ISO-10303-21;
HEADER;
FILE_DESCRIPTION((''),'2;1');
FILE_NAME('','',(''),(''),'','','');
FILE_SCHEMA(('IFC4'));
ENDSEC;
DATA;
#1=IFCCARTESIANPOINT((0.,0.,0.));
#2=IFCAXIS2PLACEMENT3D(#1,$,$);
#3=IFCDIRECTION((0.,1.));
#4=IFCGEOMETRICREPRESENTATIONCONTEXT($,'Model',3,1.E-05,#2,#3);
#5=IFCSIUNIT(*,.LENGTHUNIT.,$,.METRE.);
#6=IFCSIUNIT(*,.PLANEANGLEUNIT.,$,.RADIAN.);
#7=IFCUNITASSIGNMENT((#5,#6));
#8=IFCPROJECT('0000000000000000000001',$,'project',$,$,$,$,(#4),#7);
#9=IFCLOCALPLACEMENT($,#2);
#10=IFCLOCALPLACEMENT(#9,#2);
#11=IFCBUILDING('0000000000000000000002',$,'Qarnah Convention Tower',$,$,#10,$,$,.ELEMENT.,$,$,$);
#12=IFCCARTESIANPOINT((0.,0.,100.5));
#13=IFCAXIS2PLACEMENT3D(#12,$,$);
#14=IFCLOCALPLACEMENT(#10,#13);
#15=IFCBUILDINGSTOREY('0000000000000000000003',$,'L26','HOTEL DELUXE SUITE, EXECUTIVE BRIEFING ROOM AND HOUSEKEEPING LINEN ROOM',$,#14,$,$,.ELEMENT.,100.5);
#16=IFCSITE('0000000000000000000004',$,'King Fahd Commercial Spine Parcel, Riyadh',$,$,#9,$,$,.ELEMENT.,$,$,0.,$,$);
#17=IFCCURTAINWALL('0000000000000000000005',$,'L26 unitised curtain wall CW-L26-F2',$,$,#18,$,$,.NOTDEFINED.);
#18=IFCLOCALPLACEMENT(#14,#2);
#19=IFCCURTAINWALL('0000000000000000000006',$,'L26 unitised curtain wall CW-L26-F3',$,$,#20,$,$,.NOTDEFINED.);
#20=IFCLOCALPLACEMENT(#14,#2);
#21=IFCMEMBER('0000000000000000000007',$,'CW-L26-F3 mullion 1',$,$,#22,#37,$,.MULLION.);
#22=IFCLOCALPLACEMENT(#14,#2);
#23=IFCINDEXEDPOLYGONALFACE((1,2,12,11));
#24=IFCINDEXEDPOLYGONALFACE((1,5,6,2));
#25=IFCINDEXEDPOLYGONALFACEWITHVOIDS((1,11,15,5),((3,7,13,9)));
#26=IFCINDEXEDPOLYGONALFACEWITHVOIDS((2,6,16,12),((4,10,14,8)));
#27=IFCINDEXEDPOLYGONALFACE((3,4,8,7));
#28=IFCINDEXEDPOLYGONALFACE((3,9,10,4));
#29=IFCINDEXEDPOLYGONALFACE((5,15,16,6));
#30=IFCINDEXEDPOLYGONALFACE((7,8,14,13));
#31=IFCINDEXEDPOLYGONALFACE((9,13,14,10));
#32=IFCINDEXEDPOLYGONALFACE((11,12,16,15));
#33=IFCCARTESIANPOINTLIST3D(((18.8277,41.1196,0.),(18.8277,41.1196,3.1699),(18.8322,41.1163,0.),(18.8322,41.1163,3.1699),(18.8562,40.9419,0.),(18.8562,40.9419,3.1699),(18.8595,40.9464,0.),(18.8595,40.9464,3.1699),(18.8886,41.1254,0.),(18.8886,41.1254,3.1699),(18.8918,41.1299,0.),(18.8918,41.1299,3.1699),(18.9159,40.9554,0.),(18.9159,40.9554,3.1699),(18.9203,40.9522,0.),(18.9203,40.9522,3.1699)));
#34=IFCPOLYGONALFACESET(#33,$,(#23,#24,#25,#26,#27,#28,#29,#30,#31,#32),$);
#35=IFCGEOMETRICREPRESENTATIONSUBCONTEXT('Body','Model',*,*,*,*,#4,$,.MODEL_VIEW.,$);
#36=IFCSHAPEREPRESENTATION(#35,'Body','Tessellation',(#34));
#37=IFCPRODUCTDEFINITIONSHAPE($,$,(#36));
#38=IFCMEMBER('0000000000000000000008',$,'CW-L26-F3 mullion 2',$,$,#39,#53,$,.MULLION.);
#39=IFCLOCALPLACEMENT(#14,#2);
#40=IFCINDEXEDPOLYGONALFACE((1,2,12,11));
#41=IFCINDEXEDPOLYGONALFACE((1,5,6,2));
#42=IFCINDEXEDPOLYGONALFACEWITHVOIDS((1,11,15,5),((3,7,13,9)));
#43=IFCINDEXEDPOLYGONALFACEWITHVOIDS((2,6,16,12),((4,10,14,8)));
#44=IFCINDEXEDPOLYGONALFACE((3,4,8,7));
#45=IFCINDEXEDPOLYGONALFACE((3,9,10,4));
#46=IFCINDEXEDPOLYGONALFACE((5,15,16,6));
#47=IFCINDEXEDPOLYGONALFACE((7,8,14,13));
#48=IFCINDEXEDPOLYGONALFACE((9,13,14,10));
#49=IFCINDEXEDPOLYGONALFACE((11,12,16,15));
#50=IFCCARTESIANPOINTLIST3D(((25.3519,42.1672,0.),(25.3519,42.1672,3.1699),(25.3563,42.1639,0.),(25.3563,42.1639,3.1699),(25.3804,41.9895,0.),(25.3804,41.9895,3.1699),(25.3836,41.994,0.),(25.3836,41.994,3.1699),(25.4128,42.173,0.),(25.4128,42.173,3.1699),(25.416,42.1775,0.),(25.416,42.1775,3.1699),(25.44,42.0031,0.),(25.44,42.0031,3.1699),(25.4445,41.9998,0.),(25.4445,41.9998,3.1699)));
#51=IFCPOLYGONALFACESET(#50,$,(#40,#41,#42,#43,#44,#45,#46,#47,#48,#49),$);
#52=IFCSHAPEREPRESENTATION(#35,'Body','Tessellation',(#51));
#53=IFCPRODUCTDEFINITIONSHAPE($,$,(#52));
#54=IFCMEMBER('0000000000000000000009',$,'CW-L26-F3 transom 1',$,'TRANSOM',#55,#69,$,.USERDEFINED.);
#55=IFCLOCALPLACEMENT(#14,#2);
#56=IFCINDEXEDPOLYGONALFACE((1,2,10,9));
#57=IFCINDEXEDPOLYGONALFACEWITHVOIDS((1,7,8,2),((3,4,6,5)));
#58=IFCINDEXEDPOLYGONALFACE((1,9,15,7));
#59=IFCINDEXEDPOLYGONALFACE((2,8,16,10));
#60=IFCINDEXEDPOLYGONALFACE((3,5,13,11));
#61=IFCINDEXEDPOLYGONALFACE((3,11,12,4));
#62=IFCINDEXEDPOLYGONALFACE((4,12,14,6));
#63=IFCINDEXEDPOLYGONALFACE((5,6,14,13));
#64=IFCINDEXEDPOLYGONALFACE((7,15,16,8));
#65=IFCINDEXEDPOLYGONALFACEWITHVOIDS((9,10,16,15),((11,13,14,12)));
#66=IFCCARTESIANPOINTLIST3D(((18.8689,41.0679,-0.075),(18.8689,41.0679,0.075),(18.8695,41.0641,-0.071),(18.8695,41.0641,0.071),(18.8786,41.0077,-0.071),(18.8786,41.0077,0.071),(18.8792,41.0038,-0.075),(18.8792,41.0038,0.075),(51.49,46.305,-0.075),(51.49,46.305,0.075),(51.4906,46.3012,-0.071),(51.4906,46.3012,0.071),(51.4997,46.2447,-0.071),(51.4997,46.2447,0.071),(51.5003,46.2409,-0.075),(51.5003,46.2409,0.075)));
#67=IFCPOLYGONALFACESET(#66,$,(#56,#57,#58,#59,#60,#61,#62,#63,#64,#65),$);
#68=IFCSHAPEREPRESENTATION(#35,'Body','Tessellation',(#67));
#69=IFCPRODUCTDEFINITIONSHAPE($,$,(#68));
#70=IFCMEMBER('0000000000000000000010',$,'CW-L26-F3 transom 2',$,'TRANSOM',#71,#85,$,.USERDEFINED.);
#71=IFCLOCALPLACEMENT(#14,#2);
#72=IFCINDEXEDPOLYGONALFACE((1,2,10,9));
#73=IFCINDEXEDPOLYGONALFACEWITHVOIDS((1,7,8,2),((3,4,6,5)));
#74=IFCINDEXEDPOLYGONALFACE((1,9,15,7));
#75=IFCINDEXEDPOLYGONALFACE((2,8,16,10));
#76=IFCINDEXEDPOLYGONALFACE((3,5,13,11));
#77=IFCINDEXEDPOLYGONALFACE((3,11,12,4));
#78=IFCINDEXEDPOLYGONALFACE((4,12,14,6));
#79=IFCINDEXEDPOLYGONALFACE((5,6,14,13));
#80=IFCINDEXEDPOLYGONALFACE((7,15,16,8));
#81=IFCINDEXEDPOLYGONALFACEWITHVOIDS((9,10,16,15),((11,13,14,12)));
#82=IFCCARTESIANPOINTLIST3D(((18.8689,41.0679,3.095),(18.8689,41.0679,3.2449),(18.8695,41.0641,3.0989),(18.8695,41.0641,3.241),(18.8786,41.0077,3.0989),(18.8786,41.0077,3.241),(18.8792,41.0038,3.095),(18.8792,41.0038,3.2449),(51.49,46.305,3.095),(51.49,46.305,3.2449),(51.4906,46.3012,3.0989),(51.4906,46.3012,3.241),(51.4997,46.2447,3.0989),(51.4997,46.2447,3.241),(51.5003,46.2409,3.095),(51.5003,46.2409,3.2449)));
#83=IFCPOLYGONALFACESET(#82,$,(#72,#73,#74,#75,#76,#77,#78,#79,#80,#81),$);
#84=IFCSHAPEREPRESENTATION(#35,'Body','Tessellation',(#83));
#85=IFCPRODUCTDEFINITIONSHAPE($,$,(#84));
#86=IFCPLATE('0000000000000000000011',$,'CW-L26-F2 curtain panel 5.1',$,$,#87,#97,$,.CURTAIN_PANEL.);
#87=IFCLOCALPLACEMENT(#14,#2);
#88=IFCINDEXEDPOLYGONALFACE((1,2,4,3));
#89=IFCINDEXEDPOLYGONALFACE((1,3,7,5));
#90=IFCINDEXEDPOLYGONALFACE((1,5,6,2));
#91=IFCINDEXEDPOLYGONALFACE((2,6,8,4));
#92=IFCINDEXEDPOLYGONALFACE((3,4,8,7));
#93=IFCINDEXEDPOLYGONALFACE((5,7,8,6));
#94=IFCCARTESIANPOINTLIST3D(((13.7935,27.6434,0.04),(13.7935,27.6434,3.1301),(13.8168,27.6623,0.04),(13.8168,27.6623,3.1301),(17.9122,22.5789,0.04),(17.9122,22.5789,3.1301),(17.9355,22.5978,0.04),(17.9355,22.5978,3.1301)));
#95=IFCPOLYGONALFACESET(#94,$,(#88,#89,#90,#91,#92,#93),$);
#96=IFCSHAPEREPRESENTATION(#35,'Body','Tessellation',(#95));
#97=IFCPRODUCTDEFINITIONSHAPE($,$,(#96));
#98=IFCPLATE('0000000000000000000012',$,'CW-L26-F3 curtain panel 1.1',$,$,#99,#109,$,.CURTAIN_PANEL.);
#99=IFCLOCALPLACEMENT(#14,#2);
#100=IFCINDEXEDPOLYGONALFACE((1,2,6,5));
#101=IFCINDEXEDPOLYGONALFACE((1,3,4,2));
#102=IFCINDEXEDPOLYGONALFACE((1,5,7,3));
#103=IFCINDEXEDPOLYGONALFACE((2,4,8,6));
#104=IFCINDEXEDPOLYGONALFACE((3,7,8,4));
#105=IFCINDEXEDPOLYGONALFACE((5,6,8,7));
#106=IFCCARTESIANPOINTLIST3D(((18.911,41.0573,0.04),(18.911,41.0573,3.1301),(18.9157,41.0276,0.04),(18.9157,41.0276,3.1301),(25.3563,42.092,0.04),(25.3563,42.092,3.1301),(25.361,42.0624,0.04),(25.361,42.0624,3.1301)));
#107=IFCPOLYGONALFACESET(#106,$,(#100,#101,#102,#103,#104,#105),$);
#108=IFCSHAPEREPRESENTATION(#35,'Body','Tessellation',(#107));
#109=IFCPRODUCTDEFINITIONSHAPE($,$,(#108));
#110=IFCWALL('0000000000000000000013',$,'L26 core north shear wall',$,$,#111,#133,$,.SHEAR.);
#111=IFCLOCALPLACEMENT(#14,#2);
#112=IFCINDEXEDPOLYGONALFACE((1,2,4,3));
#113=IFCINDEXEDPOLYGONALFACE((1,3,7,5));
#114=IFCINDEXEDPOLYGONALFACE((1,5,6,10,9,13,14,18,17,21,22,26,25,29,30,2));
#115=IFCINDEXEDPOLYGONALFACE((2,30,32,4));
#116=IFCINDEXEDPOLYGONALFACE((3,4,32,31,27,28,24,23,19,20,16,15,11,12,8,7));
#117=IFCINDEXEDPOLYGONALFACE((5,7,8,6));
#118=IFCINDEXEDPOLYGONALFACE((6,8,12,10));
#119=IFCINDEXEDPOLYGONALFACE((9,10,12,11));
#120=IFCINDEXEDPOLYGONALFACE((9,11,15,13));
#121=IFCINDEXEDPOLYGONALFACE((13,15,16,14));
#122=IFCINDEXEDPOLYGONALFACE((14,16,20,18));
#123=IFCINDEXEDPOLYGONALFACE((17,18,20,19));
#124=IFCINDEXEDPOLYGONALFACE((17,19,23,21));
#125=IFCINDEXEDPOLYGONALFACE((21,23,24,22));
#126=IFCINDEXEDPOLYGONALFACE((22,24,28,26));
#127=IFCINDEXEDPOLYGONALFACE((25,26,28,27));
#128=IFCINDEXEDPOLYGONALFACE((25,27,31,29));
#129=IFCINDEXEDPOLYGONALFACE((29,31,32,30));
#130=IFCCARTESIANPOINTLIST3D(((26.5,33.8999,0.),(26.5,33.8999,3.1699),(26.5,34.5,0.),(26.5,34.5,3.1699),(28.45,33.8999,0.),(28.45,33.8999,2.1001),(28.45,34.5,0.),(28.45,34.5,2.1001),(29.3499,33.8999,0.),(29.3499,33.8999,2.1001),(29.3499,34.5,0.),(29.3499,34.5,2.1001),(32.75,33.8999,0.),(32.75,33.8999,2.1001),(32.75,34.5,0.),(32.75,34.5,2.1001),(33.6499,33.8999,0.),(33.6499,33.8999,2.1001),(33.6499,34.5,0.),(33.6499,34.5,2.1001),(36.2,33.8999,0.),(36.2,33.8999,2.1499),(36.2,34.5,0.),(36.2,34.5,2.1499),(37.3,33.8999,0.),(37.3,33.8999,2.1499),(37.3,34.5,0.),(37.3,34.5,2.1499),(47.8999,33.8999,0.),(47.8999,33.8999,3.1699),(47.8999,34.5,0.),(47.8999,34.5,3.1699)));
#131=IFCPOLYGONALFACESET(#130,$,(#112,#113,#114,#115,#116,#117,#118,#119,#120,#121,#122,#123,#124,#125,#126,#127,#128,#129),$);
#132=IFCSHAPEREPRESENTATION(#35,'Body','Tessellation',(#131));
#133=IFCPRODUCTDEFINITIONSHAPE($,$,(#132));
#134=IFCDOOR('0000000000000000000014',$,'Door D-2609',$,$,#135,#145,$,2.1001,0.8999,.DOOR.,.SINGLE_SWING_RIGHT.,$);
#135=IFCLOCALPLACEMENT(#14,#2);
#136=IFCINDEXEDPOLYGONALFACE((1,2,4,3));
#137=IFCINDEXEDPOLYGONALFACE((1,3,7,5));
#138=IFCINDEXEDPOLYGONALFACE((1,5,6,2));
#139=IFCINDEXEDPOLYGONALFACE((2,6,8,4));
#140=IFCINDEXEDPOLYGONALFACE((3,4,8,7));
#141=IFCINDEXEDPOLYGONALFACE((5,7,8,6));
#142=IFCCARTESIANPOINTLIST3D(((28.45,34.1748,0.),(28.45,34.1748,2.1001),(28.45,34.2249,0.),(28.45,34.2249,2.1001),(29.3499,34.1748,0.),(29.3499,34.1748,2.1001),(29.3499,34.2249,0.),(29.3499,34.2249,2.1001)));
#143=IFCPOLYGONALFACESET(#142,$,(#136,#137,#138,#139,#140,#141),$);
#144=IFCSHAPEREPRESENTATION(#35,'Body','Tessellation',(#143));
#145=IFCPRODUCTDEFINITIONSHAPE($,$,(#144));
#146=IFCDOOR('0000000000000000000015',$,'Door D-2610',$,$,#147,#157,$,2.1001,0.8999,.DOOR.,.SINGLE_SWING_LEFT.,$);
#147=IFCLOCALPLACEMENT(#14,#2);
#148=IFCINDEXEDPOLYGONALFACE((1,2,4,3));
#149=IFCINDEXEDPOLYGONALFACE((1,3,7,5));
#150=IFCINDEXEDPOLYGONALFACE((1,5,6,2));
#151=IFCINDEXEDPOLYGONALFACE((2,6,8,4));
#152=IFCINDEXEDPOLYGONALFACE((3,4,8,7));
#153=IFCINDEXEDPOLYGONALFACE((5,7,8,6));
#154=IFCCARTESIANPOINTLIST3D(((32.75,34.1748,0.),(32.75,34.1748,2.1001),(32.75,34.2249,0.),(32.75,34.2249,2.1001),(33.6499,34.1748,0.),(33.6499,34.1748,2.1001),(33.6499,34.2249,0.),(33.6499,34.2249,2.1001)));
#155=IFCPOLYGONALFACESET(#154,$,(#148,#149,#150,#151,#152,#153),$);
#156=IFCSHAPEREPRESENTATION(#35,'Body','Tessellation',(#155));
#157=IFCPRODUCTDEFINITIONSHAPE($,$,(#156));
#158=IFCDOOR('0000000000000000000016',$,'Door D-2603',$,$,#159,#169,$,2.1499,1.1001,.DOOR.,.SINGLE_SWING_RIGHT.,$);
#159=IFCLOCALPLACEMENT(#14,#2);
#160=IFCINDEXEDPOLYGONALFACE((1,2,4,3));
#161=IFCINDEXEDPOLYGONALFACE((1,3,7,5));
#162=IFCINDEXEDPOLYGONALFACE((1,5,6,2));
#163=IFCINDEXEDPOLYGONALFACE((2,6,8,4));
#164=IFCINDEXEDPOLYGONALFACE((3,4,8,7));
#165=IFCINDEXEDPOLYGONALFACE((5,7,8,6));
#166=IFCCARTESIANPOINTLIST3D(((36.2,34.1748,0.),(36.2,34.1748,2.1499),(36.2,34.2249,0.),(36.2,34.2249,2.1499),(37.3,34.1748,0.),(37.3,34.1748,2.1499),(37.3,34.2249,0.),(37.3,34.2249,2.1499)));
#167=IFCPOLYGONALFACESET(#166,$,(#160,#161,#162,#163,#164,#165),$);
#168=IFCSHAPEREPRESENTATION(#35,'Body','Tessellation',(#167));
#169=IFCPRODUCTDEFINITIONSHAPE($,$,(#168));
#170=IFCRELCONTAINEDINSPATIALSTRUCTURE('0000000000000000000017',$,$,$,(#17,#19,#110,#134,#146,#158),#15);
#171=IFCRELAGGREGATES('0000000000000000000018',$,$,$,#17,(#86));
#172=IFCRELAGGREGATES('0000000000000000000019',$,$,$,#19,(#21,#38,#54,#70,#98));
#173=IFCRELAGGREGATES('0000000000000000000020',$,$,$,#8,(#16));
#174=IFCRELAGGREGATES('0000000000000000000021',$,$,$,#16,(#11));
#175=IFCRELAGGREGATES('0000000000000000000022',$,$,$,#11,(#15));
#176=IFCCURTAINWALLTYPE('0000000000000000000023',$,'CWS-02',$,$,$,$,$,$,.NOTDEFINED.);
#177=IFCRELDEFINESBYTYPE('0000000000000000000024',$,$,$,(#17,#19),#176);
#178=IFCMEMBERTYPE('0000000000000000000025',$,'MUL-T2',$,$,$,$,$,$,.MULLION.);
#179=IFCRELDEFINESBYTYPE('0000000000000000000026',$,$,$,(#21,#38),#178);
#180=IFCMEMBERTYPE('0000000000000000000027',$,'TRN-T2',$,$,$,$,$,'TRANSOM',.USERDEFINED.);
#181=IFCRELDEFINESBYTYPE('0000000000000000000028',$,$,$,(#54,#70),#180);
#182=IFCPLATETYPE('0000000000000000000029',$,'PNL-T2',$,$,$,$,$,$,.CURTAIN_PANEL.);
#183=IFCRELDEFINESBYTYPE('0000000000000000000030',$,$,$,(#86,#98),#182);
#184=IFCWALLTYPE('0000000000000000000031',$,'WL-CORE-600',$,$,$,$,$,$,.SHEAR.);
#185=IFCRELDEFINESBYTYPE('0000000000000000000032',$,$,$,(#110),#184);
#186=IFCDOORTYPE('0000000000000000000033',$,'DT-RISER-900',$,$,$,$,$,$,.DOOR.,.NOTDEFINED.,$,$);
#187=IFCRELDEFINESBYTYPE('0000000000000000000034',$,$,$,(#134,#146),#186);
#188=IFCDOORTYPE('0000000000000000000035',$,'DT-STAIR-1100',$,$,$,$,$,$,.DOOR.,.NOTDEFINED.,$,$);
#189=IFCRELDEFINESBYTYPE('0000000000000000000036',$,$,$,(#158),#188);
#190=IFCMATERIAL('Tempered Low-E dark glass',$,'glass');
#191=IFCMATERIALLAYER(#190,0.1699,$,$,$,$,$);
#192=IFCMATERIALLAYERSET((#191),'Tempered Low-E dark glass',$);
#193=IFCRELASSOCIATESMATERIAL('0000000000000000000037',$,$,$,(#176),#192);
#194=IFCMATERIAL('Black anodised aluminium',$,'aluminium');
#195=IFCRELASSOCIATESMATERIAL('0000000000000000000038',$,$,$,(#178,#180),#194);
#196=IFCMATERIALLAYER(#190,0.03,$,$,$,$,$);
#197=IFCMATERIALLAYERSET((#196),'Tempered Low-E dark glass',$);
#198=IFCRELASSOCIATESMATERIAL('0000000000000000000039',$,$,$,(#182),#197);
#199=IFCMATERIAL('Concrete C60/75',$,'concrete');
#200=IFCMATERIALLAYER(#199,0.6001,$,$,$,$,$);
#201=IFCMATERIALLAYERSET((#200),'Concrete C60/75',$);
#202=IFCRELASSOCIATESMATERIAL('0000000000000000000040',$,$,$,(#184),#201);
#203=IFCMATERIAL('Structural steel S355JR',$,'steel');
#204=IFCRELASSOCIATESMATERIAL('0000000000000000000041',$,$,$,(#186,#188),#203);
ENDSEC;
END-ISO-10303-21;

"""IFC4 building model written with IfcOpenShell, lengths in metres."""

from ifc_helpers import new_model, si_unit, direction, frame, frame_2d, origin, origin_2d, place, context, subcontext, project, spatial, rectangle, hollow_rectangle, extrude, material, layer, layer_set, material_profile, profile_set, type_object, element, fill, aggregate, save


model = new_model("IFC4")

# Units and contexts
model_context = context("Model", 3, precision=1e-05, world=origin(), true_north=direction((0.0, 1.0)))
body_context = subcontext(model_context, "Body", "Model", "MODEL_VIEW")
ifc_project = project(units=[si_unit("LENGTHUNIT", "METRE"), si_unit("PLANEANGLEUNIT", "RADIAN")], contexts=[model_context])

# Site, building, storey
site_placement = place(None, origin())
site = spatial("IfcSite", under=ifc_project, at=site_placement, Name="King Fahd Commercial Spine Parcel, Riyadh", CompositionType="ELEMENT", RefElevation=0.0)
building_placement = place(site_placement, origin())
building = spatial("IfcBuilding", under=site, at=building_placement, Name="Qarnah Convention Tower", CompositionType="ELEMENT")
storey_placement = place(building_placement, frame((0.0, 0.0, 100.5)))
storey = spatial("IfcBuildingStorey", under=building, at=storey_placement, Name="L26", Description="HOTEL DELUXE SUITE, EXECUTIVE BRIEFING ROOM AND HOUSEKEEPING LINEN ROOM", CompositionType="ELEMENT", Elevation=100.5)

# Shared definitions
ifc_material_1 = material(Name="Concrete C60/75", Category="concrete")

# Shared definitions
ifc_material_2 = material(Name="Structural steel S355JR", Category="steel")

# Curtain wall
ifc_material_3 = material(Name="Tempered Low-E dark glass", Category="glass")
ifc_layer_1 = layer(ifc_material_3, 0.1699)
ifc_layer_set_1 = layer_set([ifc_layer_1], Name="Tempered Low-E dark glass")
curtain_wall_type = type_object("IfcCurtainWallType", Name="CWS-02", PredefinedType="NOTDEFINED", material=ifc_layer_set_1)
curtain_wall_1_placement = place(storey_placement, origin())
curtain_wall_1 = element("IfcCurtainWall", 1, at=curtain_wall_1_placement, inside=storey, type_object=curtain_wall_type, Name="L26 unitised curtain wall CW-L26-F2", PredefinedType="NOTDEFINED")
ifc_material_4 = material(Name="Black anodised aluminium", Category="aluminium")
ifc_material_profile_1 = material_profile(ifc_material_4, hollow_rectangle(XDim=0.0649, YDim=0.1799, WallThickness=0.0039, at=origin_2d()), Name="MUL-65X180")
ifc_profile_set_1 = profile_set([ifc_material_profile_1], Name="Black anodised aluminium")
member_type_1 = type_object("IfcMemberType", Name="MUL-T2", PredefinedType="MULLION", material=ifc_profile_set_1)

# Curtain wall, members
curtain_wall_2_placement = place(storey_placement, origin())
curtain_wall_2 = element("IfcCurtainWall", 2, at=curtain_wall_2_placement, inside=storey, type_object=curtain_wall_type, Name="L26 unitised curtain wall CW-L26-F3", PredefinedType="NOTDEFINED")
member_1_placement = place(storey_placement, frame((18.874, 41.0359, 0.0), z_axis=(0.0, 0.0, 1.0), x_axis=(0.987357, 0.158511, 0.0)))
member_1 = element("IfcMember", 3, at=member_1_placement, type_object=member_type_1, Name="CW-L26-F3 mullion 1", PredefinedType="MULLION", context=body_context, shape_type="SweptSolid", body=[
    extrude(hollow_rectangle(XDim=0.0649, YDim=0.1799, WallThickness=0.0039, at=origin_2d()), origin(), (0.0, 0.0, 1.0), 3.1699),
])
member_2_placement = place(storey_placement, frame((25.3982, 42.0835, 0.0), z_axis=(0.0, 0.0, 1.0), x_axis=(0.987357, 0.158511, 0.0)))
member_2 = element("IfcMember", 4, at=member_2_placement, type_object=member_type_1, Name="CW-L26-F3 mullion 2", PredefinedType="MULLION", context=body_context, shape_type="SweptSolid", body=[
    extrude(hollow_rectangle(XDim=0.0649, YDim=0.1799, WallThickness=0.0039, at=origin_2d()), origin(), (0.0, 0.0, 1.0), 3.1699),
])
ifc_material_profile_2 = material_profile(ifc_material_4, hollow_rectangle(XDim=0.0649, YDim=0.1499, WallThickness=0.0039, at=origin_2d()), Name="TRN-65X150")
ifc_profile_set_2 = profile_set([ifc_material_profile_2], Name="Black anodised aluminium")
member_type_2 = type_object("IfcMemberType", Name="TRN-T2", ElementType="TRANSOM", PredefinedType="USERDEFINED", material=ifc_profile_set_2)
member_3_placement = place(storey_placement, frame((18.874, 41.0359, 0.0), z_axis=(0.987357, 0.158512, 0.0), x_axis=(-0.158512, 0.987357, 0.0)))
member_3 = element("IfcMember", 5, at=member_3_placement, type_object=member_type_2, Name="CW-L26-F3 transom 1", ObjectType="TRANSOM", PredefinedType="USERDEFINED", context=body_context, shape_type="SweptSolid", body=[
    extrude(hollow_rectangle(XDim=0.0649, YDim=0.1499, WallThickness=0.0039, at=origin_2d()), origin(), (0.0, 0.0, 1.0), 33.0388),
])
member_4_placement = place(storey_placement, frame((18.874, 41.0359, 3.1699), z_axis=(0.987357, 0.158512, 0.0), x_axis=(-0.158512, 0.987357, 0.0)))
member_4 = element("IfcMember", 6, at=member_4_placement, type_object=member_type_2, Name="CW-L26-F3 transom 2", ObjectType="TRANSOM", PredefinedType="USERDEFINED", context=body_context, shape_type="SweptSolid", body=[
    extrude(hollow_rectangle(XDim=0.0649, YDim=0.1499, WallThickness=0.0039, at=origin_2d()), origin(), (0.0, 0.0, 1.0), 33.0388),
])

# Plates
ifc_layer_2 = layer(ifc_material_3, 0.03)
ifc_layer_set_2 = layer_set([ifc_layer_2], Name="Tempered Low-E dark glass")
plate_type = type_object("IfcPlateType", Name="PNL-T2", PredefinedType="CURTAIN_PANEL", material=ifc_layer_set_2)
plate_1_placement = place(storey_placement, frame((15.8645, 25.1206, 0.04), z_axis=(0.0, 0.0, 1.0), x_axis=(-0.630942, 0.77583, 0.0)))
plate_1 = element("IfcPlate", 7, at=plate_1_placement, type_object=plate_type, Name="CW-L26-F2 curtain panel 5.1", PredefinedType="CURTAIN_PANEL", context=body_context, shape_type="SweptSolid", body=[
    extrude(rectangle(XDim=6.5278, YDim=0.03, at=origin_2d()), origin(), (0.0, 0.0, 1.0), 3.0901),
])
aggregate(curtain_wall_1, [plate_1])
plate_2_placement = place(storey_placement, frame((22.136, 41.5598, 0.04), z_axis=(0.0, 0.0, 1.0), x_axis=(0.987357, 0.158511, 0.0)))
plate_2 = element("IfcPlate", 8, at=plate_2_placement, type_object=plate_type, Name="CW-L26-F3 curtain panel 1.1", PredefinedType="CURTAIN_PANEL", context=body_context, shape_type="SweptSolid", body=[
    extrude(rectangle(XDim=6.5278, YDim=0.03, at=origin_2d()), origin(), (0.0, 0.0, 1.0), 3.0901),
])
aggregate(curtain_wall_2, [member_1, member_2, member_3, member_4, plate_2])

# Wall, openings, doors
ifc_layer_3 = layer(ifc_material_1, 0.6001)
ifc_layer_set_3 = layer_set([ifc_layer_3], Name="Concrete C60/75")
wall_type_1 = type_object("IfcWallType", Name="WL-CORE-600", PredefinedType="SHEAR", material=ifc_layer_set_3)
wall_1_placement = place(storey_placement, frame((26.5, 34.2, 0.0), z_axis=(0.0, 0.0, 1.0), x_axis=(1.0, 0.0, 0.0)))
wall_1 = element("IfcWall", 9, at=wall_1_placement, inside=storey, type_object=wall_type_1, Name="L26 core north shear wall", PredefinedType="SHEAR", context=body_context, shape_type="SweptSolid", body=[
    extrude(rectangle(XDim=21.3999, YDim=0.6001, at=frame_2d((10.7, 0.0))), origin(), (0.0, 0.0, 1.0), 3.1699),
])
opening_1_placement = place(wall_1_placement, frame((9.7, 0.0, 0.0)))
opening_1 = element("IfcOpeningElement", 10, at=opening_1_placement, cuts=wall_1, PredefinedType="OPENING", context=body_context, shape_type="SweptSolid", body=[
    extrude(rectangle(XDim=1.1001, YDim=2.1499, at=frame_2d((0.55, 1.075))), frame((0.0, 0.3101, 0.0), z_axis=(0.0, -1.0, 0.0), x_axis=(1.0, 0.0, 0.0)), (0.0, 0.0, 1.0), 0.6201),
])
opening_2_placement = place(wall_1_placement, frame((1.95, 0.0, 0.0)))
opening_2 = element("IfcOpeningElement", 11, at=opening_2_placement, cuts=wall_1, PredefinedType="OPENING", context=body_context, shape_type="SweptSolid", body=[
    extrude(rectangle(XDim=0.8999, YDim=2.1001, at=frame_2d((0.45, 1.05))), frame((0.0, 0.3101, 0.0), z_axis=(0.0, -1.0, 0.0), x_axis=(1.0, 0.0, 0.0)), (0.0, 0.0, 1.0), 0.6201),
])
opening_3_placement = place(wall_1_placement, frame((6.25, 0.0, 0.0)))
opening_3 = element("IfcOpeningElement", 12, at=opening_3_placement, cuts=wall_1, PredefinedType="OPENING", context=body_context, shape_type="SweptSolid", body=[
    extrude(rectangle(XDim=0.8999, YDim=2.1001, at=frame_2d((0.45, 1.05))), frame((0.0, 0.3101, 0.0), z_axis=(0.0, -1.0, 0.0), x_axis=(1.0, 0.0, 0.0)), (0.0, 0.0, 1.0), 0.6201),
])
door_type_1 = type_object("IfcDoorType", Name="DT-RISER-900", OperationType="NOTDEFINED", PredefinedType="DOOR", material=ifc_material_2)
door_1_placement = place(opening_2_placement, origin())
door_1 = element("IfcDoor", 13, at=door_1_placement, inside=storey, type_object=door_type_1, Name="Door D-2609", OperationType="SINGLE_SWING_RIGHT", OverallHeight=2.1001, OverallWidth=0.8999, PredefinedType="DOOR", context=body_context, shape_type="SweptSolid", body=[
    extrude(rectangle(XDim=0.8999, YDim=2.1001, at=frame_2d((0.45, 1.05))), frame((0.0, 0.0249, 0.0), z_axis=(0.0, -1.0, 0.0), x_axis=(1.0, 0.0, 0.0)), (0.0, 0.0, 1.0), 0.05),
])
fill(opening_2, door_1)
door_2_placement = place(opening_3_placement, origin())
door_2 = element("IfcDoor", 14, at=door_2_placement, inside=storey, type_object=door_type_1, Name="Door D-2610", OperationType="SINGLE_SWING_LEFT", OverallHeight=2.1001, OverallWidth=0.8999, PredefinedType="DOOR", context=body_context, shape_type="SweptSolid", body=[
    extrude(rectangle(XDim=0.8999, YDim=2.1001, at=frame_2d((0.45, 1.05))), frame((0.0, 0.0249, 0.0), z_axis=(0.0, -1.0, 0.0), x_axis=(1.0, 0.0, 0.0)), (0.0, 0.0, 1.0), 0.05),
])
fill(opening_3, door_2)
door_type_2 = type_object("IfcDoorType", Name="DT-STAIR-1100", OperationType="NOTDEFINED", PredefinedType="DOOR", material=ifc_material_2)
door_3_placement = place(opening_1_placement, origin())
door_3 = element("IfcDoor", 15, at=door_3_placement, inside=storey, type_object=door_type_2, Name="Door D-2603", OperationType="SINGLE_SWING_RIGHT", OverallHeight=2.1499, OverallWidth=1.1001, PredefinedType="DOOR", context=body_context, shape_type="SweptSolid", body=[
    extrude(rectangle(XDim=1.1001, YDim=2.1499, at=frame_2d((0.55, 1.075))), frame((0.0, 0.0249, 0.0), z_axis=(0.0, -1.0, 0.0), x_axis=(1.0, 0.0, 0.0)), (0.0, 0.0, 1.0), 0.05),
])
fill(opening_1, door_3)

save(model, "model.ifc")
